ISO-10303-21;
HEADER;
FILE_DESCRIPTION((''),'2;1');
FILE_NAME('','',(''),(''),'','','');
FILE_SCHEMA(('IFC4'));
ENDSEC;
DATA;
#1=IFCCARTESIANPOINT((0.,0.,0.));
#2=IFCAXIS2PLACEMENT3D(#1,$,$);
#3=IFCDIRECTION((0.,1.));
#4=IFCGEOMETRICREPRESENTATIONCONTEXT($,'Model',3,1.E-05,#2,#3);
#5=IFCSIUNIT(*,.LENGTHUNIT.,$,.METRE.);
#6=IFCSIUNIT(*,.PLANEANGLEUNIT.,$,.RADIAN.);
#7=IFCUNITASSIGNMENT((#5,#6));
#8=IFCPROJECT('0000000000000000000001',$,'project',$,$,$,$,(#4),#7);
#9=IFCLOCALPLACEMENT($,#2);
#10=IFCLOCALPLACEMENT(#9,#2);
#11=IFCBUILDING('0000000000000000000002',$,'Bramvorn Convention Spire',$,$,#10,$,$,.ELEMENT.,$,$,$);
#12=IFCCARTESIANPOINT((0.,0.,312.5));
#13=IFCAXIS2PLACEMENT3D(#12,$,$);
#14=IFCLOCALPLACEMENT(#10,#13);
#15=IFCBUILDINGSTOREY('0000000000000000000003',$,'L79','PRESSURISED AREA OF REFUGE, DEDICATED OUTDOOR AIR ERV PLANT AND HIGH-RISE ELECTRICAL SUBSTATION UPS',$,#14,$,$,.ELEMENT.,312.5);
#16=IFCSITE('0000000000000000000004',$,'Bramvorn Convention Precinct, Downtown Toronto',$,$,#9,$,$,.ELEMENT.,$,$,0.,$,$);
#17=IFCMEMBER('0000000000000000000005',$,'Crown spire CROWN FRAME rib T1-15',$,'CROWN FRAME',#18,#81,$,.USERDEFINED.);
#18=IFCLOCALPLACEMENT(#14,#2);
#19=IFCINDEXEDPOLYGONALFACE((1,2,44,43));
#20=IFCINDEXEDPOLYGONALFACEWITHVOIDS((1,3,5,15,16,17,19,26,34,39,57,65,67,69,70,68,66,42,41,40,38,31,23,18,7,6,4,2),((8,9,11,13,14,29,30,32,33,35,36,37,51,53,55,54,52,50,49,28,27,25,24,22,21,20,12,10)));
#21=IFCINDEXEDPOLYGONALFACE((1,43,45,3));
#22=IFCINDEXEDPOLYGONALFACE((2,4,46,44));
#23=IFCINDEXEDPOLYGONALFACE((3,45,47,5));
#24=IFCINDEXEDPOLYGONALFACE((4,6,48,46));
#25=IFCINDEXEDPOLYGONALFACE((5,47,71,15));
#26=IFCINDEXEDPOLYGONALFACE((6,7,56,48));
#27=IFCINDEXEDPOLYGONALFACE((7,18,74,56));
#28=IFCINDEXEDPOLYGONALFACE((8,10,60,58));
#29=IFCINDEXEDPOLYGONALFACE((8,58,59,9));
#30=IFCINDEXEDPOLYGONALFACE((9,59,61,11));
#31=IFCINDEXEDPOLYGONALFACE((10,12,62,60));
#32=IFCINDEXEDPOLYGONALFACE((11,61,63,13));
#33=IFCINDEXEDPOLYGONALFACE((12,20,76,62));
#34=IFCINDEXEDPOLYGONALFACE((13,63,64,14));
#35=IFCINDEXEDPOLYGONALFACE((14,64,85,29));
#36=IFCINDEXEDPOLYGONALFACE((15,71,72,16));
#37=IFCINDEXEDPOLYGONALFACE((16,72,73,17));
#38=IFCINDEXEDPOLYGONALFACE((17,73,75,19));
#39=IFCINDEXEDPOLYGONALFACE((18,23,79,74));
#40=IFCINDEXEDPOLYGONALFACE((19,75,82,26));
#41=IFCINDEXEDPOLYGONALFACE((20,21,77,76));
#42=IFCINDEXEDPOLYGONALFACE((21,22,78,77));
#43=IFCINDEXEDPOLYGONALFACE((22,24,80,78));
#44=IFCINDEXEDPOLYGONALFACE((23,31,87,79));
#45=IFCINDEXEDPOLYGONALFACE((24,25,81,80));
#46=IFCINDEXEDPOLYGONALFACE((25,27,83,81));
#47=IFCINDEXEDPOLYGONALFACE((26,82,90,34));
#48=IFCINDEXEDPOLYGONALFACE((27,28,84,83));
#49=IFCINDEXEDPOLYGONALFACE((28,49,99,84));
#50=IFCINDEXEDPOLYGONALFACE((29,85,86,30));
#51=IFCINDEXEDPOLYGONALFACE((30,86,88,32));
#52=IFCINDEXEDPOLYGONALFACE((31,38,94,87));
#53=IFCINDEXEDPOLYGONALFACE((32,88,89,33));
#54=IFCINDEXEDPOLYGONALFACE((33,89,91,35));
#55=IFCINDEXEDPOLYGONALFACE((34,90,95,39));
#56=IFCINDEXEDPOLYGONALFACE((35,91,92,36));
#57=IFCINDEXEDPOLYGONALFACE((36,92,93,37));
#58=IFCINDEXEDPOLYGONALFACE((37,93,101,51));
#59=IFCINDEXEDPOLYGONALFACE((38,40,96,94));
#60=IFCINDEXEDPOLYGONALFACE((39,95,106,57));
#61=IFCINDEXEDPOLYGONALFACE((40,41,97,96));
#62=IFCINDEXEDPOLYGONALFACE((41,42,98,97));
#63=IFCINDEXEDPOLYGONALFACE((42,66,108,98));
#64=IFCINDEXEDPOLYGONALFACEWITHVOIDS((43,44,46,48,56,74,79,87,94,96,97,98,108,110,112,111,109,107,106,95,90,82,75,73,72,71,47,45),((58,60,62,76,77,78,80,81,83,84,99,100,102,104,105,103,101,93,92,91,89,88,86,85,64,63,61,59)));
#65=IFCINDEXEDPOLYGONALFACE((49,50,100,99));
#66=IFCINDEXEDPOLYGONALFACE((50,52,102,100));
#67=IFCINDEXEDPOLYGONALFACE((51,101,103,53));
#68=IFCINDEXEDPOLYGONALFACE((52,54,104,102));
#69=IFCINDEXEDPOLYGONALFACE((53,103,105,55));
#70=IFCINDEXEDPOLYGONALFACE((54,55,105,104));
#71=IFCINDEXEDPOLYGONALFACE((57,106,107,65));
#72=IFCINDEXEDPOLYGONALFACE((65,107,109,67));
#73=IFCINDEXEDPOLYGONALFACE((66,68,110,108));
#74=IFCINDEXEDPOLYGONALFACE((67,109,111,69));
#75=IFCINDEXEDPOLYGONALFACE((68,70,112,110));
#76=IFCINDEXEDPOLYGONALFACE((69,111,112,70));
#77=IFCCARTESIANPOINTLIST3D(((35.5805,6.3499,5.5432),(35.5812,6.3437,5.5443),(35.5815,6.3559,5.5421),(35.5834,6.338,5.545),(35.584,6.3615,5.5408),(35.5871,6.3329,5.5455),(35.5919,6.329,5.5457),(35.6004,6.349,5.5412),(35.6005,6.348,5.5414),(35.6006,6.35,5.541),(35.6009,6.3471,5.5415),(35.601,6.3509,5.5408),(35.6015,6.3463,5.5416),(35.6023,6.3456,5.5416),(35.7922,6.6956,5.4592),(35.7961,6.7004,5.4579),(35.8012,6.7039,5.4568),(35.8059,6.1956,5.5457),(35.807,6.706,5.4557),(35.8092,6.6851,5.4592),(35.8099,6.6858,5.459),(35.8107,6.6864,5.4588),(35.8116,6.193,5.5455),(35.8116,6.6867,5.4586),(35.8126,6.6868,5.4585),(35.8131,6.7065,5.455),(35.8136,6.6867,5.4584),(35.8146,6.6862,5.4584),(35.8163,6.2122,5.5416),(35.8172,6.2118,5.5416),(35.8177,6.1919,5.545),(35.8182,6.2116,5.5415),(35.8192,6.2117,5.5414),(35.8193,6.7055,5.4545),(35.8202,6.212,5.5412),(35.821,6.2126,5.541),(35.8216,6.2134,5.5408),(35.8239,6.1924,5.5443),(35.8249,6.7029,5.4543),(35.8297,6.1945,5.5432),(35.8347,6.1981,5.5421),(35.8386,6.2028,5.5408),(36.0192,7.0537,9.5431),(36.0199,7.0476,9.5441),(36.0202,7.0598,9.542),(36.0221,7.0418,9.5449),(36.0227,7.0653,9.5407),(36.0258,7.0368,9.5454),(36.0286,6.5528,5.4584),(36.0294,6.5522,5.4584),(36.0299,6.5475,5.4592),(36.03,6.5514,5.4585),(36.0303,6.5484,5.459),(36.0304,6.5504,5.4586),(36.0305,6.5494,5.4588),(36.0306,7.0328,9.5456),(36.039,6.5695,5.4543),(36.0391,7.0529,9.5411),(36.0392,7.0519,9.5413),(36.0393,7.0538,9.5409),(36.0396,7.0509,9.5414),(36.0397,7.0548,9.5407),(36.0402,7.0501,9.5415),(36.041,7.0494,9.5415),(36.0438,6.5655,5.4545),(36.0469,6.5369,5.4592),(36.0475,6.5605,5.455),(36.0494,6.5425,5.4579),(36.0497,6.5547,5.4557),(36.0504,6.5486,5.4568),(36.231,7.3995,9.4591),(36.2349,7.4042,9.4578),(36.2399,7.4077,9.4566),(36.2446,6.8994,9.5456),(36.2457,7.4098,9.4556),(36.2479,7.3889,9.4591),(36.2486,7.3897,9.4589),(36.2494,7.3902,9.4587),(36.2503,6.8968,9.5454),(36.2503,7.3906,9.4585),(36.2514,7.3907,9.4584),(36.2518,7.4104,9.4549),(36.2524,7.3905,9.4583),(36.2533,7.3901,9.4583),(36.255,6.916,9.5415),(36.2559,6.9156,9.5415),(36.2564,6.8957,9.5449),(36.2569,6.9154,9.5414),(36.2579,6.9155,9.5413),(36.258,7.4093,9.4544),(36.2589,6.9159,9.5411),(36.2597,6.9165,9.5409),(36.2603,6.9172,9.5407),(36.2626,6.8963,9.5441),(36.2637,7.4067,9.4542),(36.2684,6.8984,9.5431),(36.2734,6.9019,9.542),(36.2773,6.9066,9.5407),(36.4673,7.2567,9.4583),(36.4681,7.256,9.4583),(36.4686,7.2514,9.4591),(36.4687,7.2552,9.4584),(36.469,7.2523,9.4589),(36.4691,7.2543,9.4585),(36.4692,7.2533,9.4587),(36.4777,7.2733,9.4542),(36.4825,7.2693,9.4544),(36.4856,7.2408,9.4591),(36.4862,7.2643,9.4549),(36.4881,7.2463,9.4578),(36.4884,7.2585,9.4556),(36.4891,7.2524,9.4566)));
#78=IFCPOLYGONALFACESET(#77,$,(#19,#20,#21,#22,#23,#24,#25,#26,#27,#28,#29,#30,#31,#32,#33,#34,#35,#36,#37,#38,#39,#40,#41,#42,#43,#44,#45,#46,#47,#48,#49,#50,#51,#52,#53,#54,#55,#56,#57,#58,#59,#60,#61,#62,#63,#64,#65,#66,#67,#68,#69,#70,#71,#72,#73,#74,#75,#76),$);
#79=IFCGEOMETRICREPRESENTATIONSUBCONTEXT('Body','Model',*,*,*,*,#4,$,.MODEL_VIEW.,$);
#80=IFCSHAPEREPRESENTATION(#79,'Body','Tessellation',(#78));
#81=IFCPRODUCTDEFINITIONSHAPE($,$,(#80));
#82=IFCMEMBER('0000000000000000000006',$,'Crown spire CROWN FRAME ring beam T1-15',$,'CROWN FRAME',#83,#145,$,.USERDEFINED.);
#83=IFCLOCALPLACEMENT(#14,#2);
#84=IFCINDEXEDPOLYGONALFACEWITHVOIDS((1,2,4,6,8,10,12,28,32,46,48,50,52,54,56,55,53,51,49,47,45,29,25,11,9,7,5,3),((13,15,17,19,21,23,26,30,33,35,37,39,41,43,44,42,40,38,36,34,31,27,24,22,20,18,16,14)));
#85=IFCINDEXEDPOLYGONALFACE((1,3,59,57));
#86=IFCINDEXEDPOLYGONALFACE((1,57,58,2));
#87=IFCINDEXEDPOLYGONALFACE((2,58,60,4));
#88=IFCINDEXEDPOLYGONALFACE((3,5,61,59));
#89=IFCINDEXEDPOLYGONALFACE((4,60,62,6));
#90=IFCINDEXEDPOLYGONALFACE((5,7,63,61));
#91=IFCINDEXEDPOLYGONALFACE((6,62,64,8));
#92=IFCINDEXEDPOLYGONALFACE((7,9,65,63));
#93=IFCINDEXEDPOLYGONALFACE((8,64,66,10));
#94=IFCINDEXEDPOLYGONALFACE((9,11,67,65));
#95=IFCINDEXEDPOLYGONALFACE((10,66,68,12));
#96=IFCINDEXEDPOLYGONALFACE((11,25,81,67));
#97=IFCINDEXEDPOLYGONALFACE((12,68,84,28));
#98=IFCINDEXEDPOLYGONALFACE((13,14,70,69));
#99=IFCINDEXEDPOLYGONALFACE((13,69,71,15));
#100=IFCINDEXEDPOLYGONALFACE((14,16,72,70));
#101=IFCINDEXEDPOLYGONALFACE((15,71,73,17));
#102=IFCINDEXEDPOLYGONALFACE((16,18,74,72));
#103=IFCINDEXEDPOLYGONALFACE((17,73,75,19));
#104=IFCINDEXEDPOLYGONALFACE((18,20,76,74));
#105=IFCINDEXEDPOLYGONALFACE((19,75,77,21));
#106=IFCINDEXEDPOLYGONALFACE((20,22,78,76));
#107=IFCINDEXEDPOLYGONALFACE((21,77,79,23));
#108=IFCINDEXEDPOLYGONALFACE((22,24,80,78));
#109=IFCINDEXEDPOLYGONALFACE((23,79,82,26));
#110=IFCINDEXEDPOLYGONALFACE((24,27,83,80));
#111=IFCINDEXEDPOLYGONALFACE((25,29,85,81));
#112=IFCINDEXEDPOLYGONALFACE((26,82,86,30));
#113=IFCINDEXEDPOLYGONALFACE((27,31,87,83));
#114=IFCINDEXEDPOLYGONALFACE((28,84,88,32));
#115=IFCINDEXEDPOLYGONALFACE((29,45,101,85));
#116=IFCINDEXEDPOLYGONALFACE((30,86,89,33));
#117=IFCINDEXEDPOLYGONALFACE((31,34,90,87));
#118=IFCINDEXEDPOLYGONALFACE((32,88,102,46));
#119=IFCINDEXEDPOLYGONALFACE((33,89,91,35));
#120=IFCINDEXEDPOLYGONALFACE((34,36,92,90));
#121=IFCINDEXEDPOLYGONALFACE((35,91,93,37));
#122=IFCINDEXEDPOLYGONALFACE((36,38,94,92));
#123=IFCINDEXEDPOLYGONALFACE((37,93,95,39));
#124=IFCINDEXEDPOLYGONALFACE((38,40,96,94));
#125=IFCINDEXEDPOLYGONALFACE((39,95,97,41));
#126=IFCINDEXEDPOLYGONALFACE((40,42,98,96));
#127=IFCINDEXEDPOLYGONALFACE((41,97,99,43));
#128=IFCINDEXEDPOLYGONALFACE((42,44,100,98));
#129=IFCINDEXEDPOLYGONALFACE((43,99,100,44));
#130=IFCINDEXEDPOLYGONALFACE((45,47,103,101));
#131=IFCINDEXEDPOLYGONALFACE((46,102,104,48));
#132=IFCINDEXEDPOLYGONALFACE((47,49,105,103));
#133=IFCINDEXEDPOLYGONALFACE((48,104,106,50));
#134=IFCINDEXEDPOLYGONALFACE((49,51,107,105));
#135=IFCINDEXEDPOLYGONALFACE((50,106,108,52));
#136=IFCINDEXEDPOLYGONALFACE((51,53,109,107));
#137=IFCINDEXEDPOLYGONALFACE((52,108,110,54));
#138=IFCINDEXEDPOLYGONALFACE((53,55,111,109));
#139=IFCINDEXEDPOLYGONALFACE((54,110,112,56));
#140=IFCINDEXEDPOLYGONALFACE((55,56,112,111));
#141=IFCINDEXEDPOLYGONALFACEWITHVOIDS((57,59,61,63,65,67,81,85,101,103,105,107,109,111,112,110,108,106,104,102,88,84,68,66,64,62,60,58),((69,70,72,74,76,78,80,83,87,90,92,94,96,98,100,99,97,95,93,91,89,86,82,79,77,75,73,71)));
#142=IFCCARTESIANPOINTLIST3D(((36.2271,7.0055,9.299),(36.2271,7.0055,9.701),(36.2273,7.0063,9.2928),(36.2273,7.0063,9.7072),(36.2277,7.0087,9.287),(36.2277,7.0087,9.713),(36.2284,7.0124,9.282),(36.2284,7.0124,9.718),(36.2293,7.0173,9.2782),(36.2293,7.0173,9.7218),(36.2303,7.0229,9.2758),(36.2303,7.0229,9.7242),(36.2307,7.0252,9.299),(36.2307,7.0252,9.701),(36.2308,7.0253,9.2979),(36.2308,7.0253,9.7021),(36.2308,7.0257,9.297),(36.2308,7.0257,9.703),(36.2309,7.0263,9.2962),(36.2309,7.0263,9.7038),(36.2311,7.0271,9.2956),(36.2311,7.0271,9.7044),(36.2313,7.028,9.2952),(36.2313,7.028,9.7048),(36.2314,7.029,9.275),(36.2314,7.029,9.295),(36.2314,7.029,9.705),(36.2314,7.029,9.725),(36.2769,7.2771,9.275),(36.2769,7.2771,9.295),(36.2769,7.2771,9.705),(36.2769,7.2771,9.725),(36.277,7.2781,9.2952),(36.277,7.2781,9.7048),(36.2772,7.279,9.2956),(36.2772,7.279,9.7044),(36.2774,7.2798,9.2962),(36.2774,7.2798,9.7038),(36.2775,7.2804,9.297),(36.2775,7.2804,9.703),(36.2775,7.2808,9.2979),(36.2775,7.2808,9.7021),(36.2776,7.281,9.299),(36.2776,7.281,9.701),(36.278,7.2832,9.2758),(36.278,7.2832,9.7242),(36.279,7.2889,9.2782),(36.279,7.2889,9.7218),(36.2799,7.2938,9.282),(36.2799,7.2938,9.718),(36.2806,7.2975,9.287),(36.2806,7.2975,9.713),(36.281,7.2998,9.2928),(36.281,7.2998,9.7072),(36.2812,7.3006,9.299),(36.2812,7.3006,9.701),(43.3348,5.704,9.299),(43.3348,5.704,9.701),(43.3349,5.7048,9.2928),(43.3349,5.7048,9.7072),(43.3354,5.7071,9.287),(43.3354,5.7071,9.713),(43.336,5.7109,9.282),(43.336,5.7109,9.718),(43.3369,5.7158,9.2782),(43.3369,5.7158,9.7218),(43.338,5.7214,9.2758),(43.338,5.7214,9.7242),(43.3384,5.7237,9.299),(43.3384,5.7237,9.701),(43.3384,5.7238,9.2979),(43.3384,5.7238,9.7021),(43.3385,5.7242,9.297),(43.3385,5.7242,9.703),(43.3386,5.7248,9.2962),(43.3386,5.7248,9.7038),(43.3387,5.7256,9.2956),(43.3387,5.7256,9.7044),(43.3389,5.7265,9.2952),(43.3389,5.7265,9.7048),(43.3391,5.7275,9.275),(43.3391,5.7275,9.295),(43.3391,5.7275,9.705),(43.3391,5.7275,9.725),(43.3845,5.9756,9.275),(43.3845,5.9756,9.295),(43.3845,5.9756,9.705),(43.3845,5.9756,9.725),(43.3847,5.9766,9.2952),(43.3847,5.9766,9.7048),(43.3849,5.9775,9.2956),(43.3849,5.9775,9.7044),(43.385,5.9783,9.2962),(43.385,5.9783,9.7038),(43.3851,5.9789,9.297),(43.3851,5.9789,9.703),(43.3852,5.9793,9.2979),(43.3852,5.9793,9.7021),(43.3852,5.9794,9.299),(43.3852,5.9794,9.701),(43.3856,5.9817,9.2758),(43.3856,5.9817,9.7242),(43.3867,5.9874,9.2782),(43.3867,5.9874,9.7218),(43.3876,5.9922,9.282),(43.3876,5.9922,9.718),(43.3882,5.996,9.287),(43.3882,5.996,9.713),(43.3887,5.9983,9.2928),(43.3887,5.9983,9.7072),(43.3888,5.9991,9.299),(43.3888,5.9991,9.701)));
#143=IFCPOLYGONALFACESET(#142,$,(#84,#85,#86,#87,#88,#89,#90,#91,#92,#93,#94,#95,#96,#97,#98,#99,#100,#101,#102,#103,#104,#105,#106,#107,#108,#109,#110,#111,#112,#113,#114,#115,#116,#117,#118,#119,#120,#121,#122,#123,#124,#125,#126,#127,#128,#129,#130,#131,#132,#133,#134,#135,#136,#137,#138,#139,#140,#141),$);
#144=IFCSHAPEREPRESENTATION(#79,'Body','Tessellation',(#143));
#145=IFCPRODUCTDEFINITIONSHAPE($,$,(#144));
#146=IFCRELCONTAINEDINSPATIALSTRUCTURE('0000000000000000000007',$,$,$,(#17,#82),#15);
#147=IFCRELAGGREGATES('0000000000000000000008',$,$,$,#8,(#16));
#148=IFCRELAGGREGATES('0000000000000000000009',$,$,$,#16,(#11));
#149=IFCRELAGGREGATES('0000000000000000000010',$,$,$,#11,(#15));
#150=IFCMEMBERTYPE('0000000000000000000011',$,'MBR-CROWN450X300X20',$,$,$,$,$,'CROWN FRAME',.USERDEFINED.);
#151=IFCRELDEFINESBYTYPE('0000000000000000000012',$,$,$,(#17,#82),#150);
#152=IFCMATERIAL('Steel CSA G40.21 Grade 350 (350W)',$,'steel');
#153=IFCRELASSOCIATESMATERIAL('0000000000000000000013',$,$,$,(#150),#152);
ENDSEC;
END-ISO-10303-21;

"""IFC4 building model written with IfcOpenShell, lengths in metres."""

from ifc_helpers import new_model, si_unit, direction, frame, origin, origin_2d, place, context, subcontext, project, spatial, hollow_rectangle, extrude, material, material_profile, profile_set, type_object, element, save


model = new_model("IFC4")

# Units and contexts
model_context = context("Model", 3, precision=1e-05, world=origin(), true_north=direction((0.0, 1.0)))
body_context = subcontext(model_context, "Body", "Model", "MODEL_VIEW")
ifc_project = project(units=[si_unit("LENGTHUNIT", "METRE"), si_unit("PLANEANGLEUNIT", "RADIAN")], contexts=[model_context])

# Site, building, storey
site_placement = place(None, origin())
site = spatial("IfcSite", under=ifc_project, at=site_placement, Name="Bramvorn Convention Precinct, Downtown Toronto", CompositionType="ELEMENT", RefElevation=0.0)
building_placement = place(site_placement, origin())
building = spatial("IfcBuilding", under=site, at=building_placement, Name="Bramvorn Convention Spire", CompositionType="ELEMENT")
storey_placement = place(building_placement, frame((0.0, 0.0, 312.5)))
storey = spatial("IfcBuildingStorey", under=building, at=storey_placement, Name="L79", Description="PRESSURISED AREA OF REFUGE, DEDICATED OUTDOOR AIR ERV PLANT AND HIGH-RISE ELECTRICAL SUBSTATION UPS", CompositionType="ELEMENT", Elevation=312.5)

# Shared definitions
ifc_material_1 = material(Name="Steel CSA G40.21 Grade 350 (350W)", Category="steel")

# Members
ifc_material_profile_1 = material_profile(ifc_material_1, hollow_rectangle(XDim=0.3, YDim=0.45, WallThickness=0.02, InnerFilletRadius=0.0039, OuterFilletRadius=0.0239, at=origin_2d()))
ifc_profile_set_1 = profile_set([ifc_material_profile_1], Name="Steel CSA G40.21 Grade 350 (350W) - CROWN450X300X20")
member_type = type_object("IfcMemberType", Name="MBR-CROWN450X300X20", ElementType="CROWN FRAME", PredefinedType="USERDEFINED", material=ifc_profile_set_1)
member_1_placement = place(storey_placement, frame((35.8154, 6.4492, 5.5), z_axis=(0.107396, 0.172299, 0.979173), x_axis=(-0.848643, 0.528967, 0.0)))
element("IfcMember", 1, at=member_1_placement, inside=storey, type_object=member_type, Name="Crown spire CROWN FRAME rib T1-15", ObjectType="CROWN FRAME", PredefinedType="USERDEFINED", context=body_context, shape_type="SweptSolid", body=[
    extrude(hollow_rectangle(XDim=0.3, YDim=0.45, WallThickness=0.02, InnerFilletRadius=0.0039, OuterFilletRadius=0.0239, at=origin_2d()), origin(), (0.0, 0.0, 1.0), 4.085),
])
member_2_placement = place(storey_placement, frame((36.2542, 7.1531, 9.5), z_axis=(0.983645, -0.180119, 0.0), x_axis=(0.180119, 0.983645, 0.0)))
element("IfcMember", 2, at=member_2_placement, inside=storey, type_object=member_type, Name="Crown spire CROWN FRAME ring beam T1-15", ObjectType="CROWN FRAME", PredefinedType="USERDEFINED", context=body_context, shape_type="SweptSolid", body=[
    extrude(hollow_rectangle(XDim=0.3, YDim=0.45, WallThickness=0.02, InnerFilletRadius=0.0039, OuterFilletRadius=0.0239, at=origin_2d()), origin(), (0.0, 0.0, 1.0), 7.2258),
])

save(model, "model.ifc")
